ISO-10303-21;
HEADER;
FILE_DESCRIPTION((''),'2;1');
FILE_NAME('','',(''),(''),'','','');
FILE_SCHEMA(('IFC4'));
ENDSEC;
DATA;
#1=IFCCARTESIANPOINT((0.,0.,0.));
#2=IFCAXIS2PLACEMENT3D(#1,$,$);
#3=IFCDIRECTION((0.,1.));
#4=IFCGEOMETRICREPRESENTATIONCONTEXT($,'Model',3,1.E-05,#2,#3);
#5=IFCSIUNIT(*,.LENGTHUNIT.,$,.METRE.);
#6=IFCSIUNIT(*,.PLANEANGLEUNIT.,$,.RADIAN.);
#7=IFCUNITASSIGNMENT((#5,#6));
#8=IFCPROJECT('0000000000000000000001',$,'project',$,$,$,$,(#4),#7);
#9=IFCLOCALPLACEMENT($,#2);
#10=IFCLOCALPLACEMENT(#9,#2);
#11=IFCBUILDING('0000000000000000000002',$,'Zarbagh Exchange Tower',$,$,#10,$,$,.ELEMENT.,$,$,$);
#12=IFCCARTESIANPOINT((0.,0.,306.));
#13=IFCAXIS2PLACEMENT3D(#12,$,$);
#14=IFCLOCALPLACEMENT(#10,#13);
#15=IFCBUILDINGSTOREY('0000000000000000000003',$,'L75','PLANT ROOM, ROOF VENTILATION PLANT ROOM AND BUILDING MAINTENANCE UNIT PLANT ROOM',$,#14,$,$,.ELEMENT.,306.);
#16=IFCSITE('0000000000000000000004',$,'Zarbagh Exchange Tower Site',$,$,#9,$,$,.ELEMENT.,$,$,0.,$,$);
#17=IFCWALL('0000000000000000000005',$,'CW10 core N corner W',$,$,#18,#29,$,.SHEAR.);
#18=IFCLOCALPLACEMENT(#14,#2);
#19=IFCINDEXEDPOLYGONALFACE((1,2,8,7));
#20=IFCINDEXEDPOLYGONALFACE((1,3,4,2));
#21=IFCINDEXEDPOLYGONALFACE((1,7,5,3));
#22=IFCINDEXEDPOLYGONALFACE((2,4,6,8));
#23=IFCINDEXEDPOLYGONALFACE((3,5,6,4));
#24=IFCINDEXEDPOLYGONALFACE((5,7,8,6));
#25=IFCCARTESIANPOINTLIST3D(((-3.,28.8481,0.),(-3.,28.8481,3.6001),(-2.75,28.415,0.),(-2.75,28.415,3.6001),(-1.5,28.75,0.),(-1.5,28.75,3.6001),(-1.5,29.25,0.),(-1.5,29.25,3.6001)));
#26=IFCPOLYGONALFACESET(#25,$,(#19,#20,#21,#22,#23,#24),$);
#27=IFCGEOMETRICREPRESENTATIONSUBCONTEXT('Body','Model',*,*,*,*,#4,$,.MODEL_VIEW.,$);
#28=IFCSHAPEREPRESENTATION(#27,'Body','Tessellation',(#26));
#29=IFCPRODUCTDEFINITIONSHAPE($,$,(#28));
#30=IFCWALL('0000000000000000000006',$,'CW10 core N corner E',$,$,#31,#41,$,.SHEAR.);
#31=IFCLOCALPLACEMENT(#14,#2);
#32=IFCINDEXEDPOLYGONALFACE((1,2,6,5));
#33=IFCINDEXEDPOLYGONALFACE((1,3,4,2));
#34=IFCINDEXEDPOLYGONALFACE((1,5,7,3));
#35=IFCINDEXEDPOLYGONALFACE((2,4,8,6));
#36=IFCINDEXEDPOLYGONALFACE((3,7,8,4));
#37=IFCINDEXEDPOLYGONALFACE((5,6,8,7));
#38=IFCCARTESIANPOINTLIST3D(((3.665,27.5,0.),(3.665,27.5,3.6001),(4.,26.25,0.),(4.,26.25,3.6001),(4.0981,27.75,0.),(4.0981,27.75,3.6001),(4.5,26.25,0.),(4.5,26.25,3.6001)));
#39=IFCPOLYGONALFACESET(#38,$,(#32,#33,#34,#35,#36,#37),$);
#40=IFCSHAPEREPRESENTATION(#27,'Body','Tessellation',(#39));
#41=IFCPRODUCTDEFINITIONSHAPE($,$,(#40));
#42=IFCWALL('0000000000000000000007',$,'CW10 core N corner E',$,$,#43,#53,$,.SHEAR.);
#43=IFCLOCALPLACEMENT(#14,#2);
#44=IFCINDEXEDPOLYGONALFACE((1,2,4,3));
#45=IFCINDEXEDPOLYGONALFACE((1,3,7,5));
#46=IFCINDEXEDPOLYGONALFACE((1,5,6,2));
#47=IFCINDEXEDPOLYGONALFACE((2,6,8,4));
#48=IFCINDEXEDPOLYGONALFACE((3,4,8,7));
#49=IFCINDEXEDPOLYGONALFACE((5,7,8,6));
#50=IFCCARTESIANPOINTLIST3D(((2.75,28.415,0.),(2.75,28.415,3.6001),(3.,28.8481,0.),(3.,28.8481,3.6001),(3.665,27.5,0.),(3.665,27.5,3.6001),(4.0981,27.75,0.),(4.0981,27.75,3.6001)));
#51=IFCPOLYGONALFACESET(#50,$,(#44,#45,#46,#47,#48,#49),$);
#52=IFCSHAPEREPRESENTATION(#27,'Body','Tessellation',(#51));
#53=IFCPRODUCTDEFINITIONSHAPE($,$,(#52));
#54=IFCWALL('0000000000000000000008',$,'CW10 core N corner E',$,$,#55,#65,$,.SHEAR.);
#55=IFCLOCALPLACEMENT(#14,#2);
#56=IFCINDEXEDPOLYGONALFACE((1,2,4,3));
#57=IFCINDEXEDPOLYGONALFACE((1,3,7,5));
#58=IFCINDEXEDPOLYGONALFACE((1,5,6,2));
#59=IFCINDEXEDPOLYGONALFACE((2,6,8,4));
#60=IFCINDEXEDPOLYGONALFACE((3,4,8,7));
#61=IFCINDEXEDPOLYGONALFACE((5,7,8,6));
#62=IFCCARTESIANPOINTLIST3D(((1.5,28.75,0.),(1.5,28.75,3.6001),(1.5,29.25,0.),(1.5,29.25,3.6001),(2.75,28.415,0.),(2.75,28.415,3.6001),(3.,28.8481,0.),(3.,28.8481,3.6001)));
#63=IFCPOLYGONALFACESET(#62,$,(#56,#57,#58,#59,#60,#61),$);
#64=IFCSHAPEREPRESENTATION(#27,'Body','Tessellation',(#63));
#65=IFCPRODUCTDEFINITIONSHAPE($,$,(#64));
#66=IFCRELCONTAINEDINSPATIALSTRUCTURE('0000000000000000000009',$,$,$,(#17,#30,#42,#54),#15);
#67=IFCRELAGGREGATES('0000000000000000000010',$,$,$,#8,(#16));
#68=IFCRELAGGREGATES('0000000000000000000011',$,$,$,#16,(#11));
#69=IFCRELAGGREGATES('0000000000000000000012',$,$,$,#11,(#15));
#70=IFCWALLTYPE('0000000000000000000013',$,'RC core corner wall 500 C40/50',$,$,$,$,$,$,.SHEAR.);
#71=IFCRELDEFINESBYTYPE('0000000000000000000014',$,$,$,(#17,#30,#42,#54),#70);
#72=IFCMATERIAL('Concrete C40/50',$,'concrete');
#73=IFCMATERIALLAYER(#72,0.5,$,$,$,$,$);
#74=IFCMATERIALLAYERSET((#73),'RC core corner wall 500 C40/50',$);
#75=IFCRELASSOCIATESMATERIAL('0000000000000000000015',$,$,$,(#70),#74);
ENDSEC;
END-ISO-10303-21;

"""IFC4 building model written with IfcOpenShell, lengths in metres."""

from ifc_helpers import new_model, si_unit, direction, frame, origin, place, context, subcontext, project, spatial, polyline, outline, extrude, material, layer, layer_set, type_object, element, save


model = new_model("IFC4")

# Units and contexts
model_context = context("Model", 3, precision=1e-05, world=origin(), true_north=direction((0.0, 1.0)))
body_context = subcontext(model_context, "Body", "Model", "MODEL_VIEW")
ifc_project = project(units=[si_unit("LENGTHUNIT", "METRE"), si_unit("PLANEANGLEUNIT", "RADIAN")], contexts=[model_context])

# Site, building, storey
site_placement = place(None, origin())
site = spatial("IfcSite", under=ifc_project, at=site_placement, Name="Zarbagh Exchange Tower Site", CompositionType="ELEMENT", RefElevation=0.0)
building_placement = place(site_placement, origin())
building = spatial("IfcBuilding", under=site, at=building_placement, Name="Zarbagh Exchange Tower", CompositionType="ELEMENT")
storey_placement = place(building_placement, frame((0.0, 0.0, 306.0)))
storey = spatial("IfcBuildingStorey", under=building, at=storey_placement, Name="L75", Description="PLANT ROOM, ROOF VENTILATION PLANT ROOM AND BUILDING MAINTENANCE UNIT PLANT ROOM", CompositionType="ELEMENT", Elevation=306.0)

# Shared definitions
ifc_material_1 = material(Name="Concrete C40/50", Category="concrete")

# Walls
ifc_layer_1 = layer(ifc_material_1, 0.5)
ifc_layer_set_1 = layer_set([ifc_layer_1], Name="RC core corner wall 500 C40/50")
wall_type_1 = type_object("IfcWallType", Name="RC core corner wall 500 C40/50", PredefinedType="SHEAR", material=ifc_layer_set_1)
wall_1_placement = place(storey_placement, origin())
element("IfcWall", 1, at=wall_1_placement, inside=storey, type_object=wall_type_1, Name="CW10 core N corner W", PredefinedType="SHEAR", context=body_context, shape_type="SweptSolid", body=[
    extrude(outline(polyline([(-3.0, 28.8481), (-1.5, 29.25), (-1.5, 28.75), (-2.75, 28.415), (-3.0, 28.8481)])), origin(), (0.0, 0.0, 1.0), 3.6001),
])
wall_2_placement = place(storey_placement, origin())
element("IfcWall", 2, at=wall_2_placement, inside=storey, type_object=wall_type_1, Name="CW10 core N corner E", PredefinedType="SHEAR", context=body_context, shape_type="SweptSolid", body=[
    extrude(outline(polyline([(4.5, 26.25), (4.0981, 27.75), (3.665, 27.5), (4.0, 26.25), (4.5, 26.25)])), origin(), (0.0, 0.0, 1.0), 3.6001),
])
wall_3_placement = place(storey_placement, origin())
element("IfcWall", 3, at=wall_3_placement, inside=storey, type_object=wall_type_1, Name="CW10 core N corner E", PredefinedType="SHEAR", context=body_context, shape_type="SweptSolid", body=[
    extrude(outline(polyline([(4.0981, 27.75), (3.0, 28.8481), (2.75, 28.415), (3.665, 27.5), (4.0981, 27.75)])), origin(), (0.0, 0.0, 1.0), 3.6001),
])
wall_4_placement = place(storey_placement, origin())
element("IfcWall", 4, at=wall_4_placement, inside=storey, type_object=wall_type_1, Name="CW10 core N corner E", PredefinedType="SHEAR", context=body_context, shape_type="SweptSolid", body=[
    extrude(outline(polyline([(3.0, 28.8481), (1.5, 29.25), (1.5, 28.75), (2.75, 28.415), (3.0, 28.8481)])), origin(), (0.0, 0.0, 1.0), 3.6001),
])

save(model, "model.ifc")
